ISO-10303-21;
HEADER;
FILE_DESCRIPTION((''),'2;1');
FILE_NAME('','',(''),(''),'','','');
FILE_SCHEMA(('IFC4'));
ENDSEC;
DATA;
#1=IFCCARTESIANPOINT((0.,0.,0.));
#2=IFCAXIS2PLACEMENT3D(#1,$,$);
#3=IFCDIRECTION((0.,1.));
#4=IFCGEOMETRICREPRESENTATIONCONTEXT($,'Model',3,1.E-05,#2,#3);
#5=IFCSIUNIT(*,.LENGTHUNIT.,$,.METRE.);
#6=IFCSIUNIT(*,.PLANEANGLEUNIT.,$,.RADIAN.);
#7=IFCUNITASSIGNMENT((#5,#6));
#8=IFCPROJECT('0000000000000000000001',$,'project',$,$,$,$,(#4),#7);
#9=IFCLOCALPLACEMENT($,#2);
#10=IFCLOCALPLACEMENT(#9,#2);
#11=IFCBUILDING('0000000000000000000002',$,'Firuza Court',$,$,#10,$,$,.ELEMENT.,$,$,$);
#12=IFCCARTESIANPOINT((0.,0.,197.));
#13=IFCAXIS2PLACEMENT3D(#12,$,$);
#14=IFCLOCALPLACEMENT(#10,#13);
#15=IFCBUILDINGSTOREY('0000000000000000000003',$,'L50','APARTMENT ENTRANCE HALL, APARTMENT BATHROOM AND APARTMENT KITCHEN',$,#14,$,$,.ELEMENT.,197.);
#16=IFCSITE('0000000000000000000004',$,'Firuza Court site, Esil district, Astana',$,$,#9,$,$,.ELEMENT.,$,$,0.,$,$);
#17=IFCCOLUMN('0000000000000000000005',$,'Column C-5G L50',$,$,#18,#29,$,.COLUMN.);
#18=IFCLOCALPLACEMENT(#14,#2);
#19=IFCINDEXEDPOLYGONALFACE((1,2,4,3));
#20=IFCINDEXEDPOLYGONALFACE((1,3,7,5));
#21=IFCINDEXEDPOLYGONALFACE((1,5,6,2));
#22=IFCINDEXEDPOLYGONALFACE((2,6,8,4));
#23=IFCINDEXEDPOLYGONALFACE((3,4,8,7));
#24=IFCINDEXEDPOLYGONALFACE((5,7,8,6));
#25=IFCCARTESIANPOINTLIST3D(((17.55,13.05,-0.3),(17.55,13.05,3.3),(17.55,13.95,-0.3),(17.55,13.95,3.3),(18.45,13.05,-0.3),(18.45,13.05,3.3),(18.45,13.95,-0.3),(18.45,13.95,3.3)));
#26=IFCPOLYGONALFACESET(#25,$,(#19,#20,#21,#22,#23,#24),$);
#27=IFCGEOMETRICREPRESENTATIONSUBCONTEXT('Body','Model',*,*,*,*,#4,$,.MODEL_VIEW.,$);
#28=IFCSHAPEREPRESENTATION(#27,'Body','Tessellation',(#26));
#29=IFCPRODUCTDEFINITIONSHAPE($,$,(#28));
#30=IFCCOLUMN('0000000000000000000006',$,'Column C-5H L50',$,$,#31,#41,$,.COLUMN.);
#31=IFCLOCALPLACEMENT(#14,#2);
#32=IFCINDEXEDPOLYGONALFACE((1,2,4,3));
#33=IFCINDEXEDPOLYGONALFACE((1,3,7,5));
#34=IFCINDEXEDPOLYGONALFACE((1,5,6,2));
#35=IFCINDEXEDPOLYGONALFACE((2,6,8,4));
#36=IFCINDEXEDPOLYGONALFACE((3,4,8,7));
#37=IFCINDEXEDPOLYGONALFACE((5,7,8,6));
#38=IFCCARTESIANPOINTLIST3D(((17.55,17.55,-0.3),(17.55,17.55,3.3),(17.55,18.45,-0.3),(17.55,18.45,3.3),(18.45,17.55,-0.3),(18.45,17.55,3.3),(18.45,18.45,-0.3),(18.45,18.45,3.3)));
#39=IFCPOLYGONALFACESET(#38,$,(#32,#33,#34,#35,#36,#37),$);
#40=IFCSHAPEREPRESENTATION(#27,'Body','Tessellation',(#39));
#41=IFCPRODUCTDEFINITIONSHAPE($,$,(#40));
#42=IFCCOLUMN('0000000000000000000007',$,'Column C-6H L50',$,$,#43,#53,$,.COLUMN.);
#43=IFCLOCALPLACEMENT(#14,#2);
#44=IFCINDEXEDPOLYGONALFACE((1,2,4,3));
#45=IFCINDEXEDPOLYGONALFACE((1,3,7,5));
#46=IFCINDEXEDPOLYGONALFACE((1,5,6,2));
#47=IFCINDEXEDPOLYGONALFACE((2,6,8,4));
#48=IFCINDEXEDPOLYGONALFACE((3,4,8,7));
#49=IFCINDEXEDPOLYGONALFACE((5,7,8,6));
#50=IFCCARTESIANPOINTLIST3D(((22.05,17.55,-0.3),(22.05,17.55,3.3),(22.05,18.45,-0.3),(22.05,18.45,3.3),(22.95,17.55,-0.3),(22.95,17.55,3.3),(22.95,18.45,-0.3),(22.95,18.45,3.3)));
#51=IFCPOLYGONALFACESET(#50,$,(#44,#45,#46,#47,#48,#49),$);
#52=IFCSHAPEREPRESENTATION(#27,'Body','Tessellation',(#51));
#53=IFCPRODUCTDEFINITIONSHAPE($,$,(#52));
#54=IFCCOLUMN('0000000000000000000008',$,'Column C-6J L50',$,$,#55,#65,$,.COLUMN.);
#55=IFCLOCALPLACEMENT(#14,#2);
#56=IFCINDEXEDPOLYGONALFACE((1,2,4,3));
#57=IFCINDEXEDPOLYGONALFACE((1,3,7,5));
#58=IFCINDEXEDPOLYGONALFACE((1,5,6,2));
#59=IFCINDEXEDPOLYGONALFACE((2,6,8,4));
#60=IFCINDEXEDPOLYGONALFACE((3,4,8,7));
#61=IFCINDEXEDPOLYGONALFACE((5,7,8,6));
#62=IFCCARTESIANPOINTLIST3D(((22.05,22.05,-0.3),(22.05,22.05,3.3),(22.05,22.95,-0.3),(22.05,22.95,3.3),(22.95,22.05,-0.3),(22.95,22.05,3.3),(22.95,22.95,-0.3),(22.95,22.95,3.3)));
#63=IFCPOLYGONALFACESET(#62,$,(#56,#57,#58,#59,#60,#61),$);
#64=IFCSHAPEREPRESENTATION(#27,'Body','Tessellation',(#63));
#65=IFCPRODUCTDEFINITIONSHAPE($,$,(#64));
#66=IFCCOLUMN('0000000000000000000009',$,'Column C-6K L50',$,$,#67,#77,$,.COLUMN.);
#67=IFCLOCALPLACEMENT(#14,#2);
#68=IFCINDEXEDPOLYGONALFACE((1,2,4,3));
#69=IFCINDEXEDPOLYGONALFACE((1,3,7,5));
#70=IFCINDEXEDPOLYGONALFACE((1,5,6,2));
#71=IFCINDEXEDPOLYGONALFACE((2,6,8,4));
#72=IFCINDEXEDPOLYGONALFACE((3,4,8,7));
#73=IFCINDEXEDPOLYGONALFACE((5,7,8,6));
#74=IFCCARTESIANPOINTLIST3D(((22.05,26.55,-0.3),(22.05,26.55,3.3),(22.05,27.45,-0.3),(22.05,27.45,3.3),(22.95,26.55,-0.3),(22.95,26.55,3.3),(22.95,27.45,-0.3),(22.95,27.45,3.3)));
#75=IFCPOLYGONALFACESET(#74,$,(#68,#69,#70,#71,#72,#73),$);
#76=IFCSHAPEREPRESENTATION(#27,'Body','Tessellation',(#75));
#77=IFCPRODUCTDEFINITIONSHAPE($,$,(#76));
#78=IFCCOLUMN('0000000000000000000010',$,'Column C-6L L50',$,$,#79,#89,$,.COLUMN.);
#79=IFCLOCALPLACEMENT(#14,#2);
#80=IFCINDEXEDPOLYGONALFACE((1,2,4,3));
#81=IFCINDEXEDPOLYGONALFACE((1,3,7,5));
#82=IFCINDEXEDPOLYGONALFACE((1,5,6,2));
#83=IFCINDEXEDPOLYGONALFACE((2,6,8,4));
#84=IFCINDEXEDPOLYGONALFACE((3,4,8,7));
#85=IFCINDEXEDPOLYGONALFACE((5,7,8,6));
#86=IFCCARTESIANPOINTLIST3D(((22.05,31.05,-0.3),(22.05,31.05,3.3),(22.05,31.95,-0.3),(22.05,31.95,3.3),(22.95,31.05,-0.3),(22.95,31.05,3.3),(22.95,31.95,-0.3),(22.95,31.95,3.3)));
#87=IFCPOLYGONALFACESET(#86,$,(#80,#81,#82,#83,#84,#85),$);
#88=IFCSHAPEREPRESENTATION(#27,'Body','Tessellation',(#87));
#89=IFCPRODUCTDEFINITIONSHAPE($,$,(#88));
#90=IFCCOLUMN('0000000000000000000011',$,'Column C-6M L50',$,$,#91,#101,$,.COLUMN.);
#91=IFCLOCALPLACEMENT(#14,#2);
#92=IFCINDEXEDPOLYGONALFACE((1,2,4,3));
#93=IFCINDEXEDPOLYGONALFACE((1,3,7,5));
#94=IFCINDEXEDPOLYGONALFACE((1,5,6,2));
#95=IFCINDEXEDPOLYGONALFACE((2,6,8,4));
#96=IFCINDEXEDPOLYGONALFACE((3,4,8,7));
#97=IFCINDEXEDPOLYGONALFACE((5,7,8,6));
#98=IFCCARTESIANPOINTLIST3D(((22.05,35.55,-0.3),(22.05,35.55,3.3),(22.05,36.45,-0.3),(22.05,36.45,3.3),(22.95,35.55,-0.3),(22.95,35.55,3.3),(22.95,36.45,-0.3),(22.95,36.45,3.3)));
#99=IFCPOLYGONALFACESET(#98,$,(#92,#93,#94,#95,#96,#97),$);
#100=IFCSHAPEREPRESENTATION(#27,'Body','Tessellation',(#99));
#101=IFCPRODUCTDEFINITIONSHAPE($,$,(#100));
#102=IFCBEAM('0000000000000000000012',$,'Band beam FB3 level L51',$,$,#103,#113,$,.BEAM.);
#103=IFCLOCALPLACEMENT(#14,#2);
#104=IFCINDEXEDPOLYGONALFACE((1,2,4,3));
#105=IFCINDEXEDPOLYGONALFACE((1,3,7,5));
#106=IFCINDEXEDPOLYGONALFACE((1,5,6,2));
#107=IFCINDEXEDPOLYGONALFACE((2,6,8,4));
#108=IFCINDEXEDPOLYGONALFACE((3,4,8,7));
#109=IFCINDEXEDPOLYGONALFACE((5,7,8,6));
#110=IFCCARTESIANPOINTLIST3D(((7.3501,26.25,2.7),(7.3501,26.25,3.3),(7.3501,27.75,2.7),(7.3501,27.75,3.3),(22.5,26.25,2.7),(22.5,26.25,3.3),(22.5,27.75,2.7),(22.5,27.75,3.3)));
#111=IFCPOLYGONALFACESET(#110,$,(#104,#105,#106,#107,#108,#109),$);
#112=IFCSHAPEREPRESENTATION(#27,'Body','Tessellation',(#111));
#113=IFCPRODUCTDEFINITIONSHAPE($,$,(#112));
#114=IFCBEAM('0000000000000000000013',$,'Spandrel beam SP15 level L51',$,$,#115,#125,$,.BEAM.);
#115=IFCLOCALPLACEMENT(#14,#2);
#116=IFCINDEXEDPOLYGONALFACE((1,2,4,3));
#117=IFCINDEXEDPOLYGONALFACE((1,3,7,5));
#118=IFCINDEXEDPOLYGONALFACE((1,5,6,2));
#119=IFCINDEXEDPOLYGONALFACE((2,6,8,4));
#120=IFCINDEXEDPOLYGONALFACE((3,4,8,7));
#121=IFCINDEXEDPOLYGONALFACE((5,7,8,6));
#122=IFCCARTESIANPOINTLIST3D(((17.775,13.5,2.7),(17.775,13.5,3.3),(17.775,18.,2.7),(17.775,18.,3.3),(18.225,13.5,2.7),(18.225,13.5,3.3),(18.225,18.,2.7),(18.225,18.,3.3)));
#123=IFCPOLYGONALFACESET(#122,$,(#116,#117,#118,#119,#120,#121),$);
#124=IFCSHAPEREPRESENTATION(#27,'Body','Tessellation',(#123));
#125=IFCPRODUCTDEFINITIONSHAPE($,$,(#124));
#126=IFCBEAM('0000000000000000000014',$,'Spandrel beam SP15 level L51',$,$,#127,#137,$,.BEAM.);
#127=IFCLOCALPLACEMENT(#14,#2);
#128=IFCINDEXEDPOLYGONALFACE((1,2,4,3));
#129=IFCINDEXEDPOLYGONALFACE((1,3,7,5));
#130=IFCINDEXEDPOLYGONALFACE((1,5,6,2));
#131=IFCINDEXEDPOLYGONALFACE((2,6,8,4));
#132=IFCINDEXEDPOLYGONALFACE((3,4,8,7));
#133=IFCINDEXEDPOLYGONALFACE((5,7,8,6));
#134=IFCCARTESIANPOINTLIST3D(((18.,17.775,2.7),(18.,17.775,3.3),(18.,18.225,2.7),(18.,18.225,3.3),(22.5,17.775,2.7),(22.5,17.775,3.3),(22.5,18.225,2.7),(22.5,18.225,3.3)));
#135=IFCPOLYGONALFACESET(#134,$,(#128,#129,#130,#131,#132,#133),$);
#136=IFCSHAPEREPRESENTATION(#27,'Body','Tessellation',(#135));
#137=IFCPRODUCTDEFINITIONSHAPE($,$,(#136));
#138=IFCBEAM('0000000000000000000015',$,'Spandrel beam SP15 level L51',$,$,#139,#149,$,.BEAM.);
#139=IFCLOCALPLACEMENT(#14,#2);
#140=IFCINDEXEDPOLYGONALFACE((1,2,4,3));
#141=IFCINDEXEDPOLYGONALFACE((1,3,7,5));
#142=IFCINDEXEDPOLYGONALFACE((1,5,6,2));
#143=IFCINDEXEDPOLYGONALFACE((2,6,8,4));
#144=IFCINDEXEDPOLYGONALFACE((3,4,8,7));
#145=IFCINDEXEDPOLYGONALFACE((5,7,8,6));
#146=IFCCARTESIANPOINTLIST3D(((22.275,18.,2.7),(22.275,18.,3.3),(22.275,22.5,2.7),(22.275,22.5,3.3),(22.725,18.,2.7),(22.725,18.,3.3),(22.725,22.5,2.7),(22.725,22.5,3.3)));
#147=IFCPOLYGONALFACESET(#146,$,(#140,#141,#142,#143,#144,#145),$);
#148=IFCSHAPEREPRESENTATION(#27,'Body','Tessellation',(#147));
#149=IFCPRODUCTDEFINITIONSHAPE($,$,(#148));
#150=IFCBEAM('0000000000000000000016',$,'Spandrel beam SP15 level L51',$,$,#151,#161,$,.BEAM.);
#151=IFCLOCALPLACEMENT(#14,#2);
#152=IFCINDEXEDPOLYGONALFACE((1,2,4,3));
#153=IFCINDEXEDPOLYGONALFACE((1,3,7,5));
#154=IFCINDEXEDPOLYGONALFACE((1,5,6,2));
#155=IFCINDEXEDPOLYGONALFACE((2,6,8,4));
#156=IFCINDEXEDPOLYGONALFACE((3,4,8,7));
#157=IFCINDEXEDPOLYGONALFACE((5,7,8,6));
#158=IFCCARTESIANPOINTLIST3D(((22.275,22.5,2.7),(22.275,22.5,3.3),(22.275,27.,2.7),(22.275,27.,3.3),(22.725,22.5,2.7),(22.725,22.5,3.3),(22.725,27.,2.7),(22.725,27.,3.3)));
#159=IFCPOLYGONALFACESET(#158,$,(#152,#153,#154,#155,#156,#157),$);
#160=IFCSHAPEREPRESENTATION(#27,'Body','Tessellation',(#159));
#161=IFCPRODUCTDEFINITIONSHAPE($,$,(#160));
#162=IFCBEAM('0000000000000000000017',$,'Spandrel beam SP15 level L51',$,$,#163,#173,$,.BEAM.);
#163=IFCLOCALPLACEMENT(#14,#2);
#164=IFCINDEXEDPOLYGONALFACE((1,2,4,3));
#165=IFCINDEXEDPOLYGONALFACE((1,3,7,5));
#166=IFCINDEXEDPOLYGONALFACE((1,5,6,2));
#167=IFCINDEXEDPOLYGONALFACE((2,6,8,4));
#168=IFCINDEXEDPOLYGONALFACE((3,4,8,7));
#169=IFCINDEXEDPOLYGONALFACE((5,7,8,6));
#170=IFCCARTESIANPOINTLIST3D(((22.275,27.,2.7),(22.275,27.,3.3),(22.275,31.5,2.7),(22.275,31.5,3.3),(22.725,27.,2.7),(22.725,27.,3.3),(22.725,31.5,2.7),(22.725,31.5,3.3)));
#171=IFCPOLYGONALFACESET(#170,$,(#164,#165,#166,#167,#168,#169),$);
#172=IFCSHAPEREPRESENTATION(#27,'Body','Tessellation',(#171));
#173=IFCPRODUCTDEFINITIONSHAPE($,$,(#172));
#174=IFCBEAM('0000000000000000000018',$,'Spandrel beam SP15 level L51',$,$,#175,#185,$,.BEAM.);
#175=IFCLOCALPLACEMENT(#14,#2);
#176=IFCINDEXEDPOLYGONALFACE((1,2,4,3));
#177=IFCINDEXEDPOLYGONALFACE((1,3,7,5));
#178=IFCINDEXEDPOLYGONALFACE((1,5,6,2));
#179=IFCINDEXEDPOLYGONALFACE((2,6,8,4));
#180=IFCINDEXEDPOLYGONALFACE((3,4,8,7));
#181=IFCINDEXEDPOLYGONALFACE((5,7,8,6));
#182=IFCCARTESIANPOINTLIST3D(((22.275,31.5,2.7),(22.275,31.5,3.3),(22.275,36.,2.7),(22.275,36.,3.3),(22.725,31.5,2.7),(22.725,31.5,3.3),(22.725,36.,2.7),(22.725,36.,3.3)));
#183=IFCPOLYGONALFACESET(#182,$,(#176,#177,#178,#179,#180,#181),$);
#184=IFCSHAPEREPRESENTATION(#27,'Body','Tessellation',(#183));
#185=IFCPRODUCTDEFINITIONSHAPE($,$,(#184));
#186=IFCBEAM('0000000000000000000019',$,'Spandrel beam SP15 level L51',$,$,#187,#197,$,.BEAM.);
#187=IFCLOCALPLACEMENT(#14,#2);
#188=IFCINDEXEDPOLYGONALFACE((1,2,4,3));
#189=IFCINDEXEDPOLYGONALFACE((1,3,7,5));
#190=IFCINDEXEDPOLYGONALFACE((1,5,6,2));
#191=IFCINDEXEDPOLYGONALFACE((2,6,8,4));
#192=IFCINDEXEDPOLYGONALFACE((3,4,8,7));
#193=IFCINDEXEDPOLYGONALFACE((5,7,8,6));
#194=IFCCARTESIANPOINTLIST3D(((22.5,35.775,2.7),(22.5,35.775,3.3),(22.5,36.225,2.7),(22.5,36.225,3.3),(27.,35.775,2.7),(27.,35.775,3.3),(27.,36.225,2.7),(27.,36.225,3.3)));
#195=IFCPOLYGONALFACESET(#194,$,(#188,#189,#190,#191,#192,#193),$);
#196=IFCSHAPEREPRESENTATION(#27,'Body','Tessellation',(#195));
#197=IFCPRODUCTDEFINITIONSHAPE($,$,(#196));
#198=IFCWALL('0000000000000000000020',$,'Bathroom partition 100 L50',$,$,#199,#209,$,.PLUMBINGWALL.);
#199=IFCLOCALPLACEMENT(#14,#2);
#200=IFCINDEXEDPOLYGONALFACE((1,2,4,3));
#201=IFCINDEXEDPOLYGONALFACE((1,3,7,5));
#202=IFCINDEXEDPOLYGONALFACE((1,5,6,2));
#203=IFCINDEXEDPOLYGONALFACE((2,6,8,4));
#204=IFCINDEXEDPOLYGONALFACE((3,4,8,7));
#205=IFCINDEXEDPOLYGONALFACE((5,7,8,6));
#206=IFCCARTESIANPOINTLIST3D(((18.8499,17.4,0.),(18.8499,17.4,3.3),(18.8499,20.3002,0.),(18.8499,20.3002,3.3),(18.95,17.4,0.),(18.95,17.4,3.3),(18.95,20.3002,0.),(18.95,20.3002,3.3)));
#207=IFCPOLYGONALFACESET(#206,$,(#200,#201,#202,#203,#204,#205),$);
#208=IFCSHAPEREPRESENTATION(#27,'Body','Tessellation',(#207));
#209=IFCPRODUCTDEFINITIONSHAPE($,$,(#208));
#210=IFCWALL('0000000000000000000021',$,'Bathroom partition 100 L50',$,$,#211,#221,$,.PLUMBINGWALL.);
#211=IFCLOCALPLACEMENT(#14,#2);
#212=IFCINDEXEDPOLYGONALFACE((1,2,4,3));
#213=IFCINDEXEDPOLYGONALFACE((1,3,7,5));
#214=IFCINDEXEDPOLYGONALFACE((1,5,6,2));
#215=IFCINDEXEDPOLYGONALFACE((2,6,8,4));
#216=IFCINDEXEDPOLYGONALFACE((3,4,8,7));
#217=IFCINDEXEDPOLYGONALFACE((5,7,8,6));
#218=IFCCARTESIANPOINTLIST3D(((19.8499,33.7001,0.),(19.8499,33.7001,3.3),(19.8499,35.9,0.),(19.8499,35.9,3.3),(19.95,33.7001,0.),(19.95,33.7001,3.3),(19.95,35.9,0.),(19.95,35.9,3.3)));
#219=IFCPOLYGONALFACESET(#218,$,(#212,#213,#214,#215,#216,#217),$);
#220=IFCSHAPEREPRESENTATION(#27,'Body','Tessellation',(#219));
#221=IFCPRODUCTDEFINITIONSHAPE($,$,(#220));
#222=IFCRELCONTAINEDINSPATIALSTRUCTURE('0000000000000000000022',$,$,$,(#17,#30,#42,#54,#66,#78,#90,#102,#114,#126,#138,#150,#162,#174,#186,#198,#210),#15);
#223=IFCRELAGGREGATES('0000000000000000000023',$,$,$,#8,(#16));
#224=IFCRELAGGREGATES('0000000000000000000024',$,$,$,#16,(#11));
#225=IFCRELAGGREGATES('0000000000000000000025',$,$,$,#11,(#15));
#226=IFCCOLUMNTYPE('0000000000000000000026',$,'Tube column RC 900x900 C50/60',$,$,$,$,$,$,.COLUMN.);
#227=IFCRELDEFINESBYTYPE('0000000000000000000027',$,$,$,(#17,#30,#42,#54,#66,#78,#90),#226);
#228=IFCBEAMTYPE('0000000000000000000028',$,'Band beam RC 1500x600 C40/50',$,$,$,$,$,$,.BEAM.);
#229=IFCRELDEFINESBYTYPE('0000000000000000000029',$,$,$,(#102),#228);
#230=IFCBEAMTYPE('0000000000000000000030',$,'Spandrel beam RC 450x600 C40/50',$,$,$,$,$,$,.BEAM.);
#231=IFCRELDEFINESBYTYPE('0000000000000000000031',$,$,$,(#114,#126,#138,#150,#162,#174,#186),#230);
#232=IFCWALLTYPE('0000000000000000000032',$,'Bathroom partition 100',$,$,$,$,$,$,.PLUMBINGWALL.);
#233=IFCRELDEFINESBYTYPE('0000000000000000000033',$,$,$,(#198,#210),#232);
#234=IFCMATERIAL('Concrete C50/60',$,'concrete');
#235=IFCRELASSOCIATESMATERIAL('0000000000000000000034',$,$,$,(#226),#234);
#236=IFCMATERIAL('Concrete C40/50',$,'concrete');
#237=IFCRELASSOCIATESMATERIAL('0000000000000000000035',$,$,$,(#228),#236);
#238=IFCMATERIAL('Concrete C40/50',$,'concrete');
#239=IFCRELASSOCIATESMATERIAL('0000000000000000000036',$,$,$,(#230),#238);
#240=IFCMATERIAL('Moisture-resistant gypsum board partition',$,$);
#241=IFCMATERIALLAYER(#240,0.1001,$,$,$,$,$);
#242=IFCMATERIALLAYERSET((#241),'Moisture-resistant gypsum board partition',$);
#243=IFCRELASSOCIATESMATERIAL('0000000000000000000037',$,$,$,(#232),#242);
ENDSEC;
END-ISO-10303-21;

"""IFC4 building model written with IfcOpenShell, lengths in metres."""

from ifc_helpers import new_model, si_unit, direction, frame, frame_2d, origin, origin_2d, place, context, subcontext, project, spatial, rectangle, extrude, material, layer, layer_set, material_profile, profile_set, type_object, element, save


model = new_model("IFC4")

# Units and contexts
model_context = context("Model", 3, precision=1e-05, world=origin(), true_north=direction((0.0, 1.0)))
body_context = subcontext(model_context, "Body", "Model", "MODEL_VIEW")
ifc_project = project(units=[si_unit("LENGTHUNIT", "METRE"), si_unit("PLANEANGLEUNIT", "RADIAN")], contexts=[model_context])

# Site, building, storey
site_placement = place(None, origin())
site = spatial("IfcSite", under=ifc_project, at=site_placement, Name="Firuza Court site, Esil district, Astana", CompositionType="ELEMENT", RefElevation=0.0)
building_placement = place(site_placement, origin())
building = spatial("IfcBuilding", under=site, at=building_placement, Name="Firuza Court", CompositionType="ELEMENT")
storey_placement = place(building_placement, frame((0.0, 0.0, 197.0)))
storey = spatial("IfcBuildingStorey", under=building, at=storey_placement, Name="L50", Description="APARTMENT ENTRANCE HALL, APARTMENT BATHROOM AND APARTMENT KITCHEN", CompositionType="ELEMENT", Elevation=197.0)

# Columns
ifc_material_1 = material(Name="Concrete C50/60", Category="concrete")
ifc_material_profile_1 = material_profile(ifc_material_1, rectangle(XDim=0.8999, YDim=0.8999, at=origin_2d()), Name="RC 900x900")
ifc_profile_set_1 = profile_set([ifc_material_profile_1], Name="Concrete C50/60")
column_type = type_object("IfcColumnType", Name="Tube column RC 900x900 C50/60", PredefinedType="COLUMN", material=ifc_profile_set_1)
for number, where, z_axis, x_axis, name in (
    (1, (18.0, 13.5, -0.3), (0.0, 0.0, 1.0), (1.0, 0.0, 0.0), "Column C-5G L50"),
    (2, (18.0, 18.0, -0.3), (0.0, 0.0, 1.0), (1.0, 0.0, 0.0), "Column C-5H L50"),
    (3, (22.5, 18.0, -0.3), (0.0, 0.0, 1.0), (1.0, 0.0, 0.0), "Column C-6H L50"),
    (4, (22.5, 22.5, -0.3), (0.0, 0.0, 1.0), (1.0, 0.0, 0.0), "Column C-6J L50"),
    (5, (22.5, 27.0, -0.3), (0.0, 0.0, 1.0), (1.0, 0.0, 0.0), "Column C-6K L50"),
    (6, (22.5, 31.5, -0.3), (0.0, 0.0, 1.0), (1.0, 0.0, 0.0), "Column C-6L L50"),
    (7, (22.5, 36.0, -0.3), (0.0, 0.0, 1.0), (1.0, 0.0, 0.0), "Column C-6M L50"),
):
    element("IfcColumn", number, at=place(storey_placement, frame(where, z_axis=z_axis, x_axis=x_axis)), inside=storey, type_object=column_type, Name=name, PredefinedType="COLUMN", context=body_context, shape_type="SweptSolid", body=[
        extrude(rectangle(XDim=0.8999, YDim=0.8999, at=origin_2d()), origin(), (0.0, 0.0, 1.0), 3.6001),
    ])

# Beams
ifc_material_2 = material(Name="Concrete C40/50", Category="concrete")
ifc_material_profile_2 = material_profile(ifc_material_2, rectangle(XDim=1.5, YDim=0.6001, at=origin_2d()), Name="RC 1500x600")
ifc_profile_set_2 = profile_set([ifc_material_profile_2], Name="Concrete C40/50")
beam_type_1 = type_object("IfcBeamType", Name="Band beam RC 1500x600 C40/50", PredefinedType="BEAM", material=ifc_profile_set_2)
beam_placement = place(storey_placement, frame((22.5, 27.0, 3.0), z_axis=(-1.0, 0.0, 0.0), x_axis=(0.0, -1.0, 0.0)))
element("IfcBeam", 8, at=beam_placement, inside=storey, type_object=beam_type_1, Name="Band beam FB3 level L51", PredefinedType="BEAM", context=body_context, shape_type="SweptSolid", body=[
    extrude(rectangle(XDim=1.5, YDim=0.6001, at=origin_2d()), origin(), (0.0, 0.0, 1.0), 15.1499),
])
ifc_material_3 = material(Name="Concrete C40/50", Category="concrete")
ifc_material_profile_3 = material_profile(ifc_material_3, rectangle(XDim=0.45, YDim=0.6001, at=origin_2d()), Name="RC 450x600")
ifc_profile_set_3 = profile_set([ifc_material_profile_3], Name="Concrete C40/50")
beam_type_2 = type_object("IfcBeamType", Name="Spandrel beam RC 450x600 C40/50", PredefinedType="BEAM", material=ifc_profile_set_3)
for number, where, z_axis, x_axis, name in (
    (9, (18.0, 13.5, 3.0), (0.0, 1.0, 0.0), (-1.0, 0.0, 0.0), "Spandrel beam SP15 level L51"),
    (10, (18.0, 18.0, 3.0), (1.0, 0.0, 0.0), (0.0, 1.0, 0.0), "Spandrel beam SP15 level L51"),
    (11, (22.5, 18.0, 3.0), (0.0, 1.0, 0.0), (-1.0, 0.0, 0.0), "Spandrel beam SP15 level L51"),
    (12, (22.5, 22.5, 3.0), (0.0, 1.0, 0.0), (-1.0, 0.0, 0.0), "Spandrel beam SP15 level L51"),
    (13, (22.5, 27.0, 3.0), (0.0, 1.0, 0.0), (-1.0, 0.0, 0.0), "Spandrel beam SP15 level L51"),
    (14, (22.5, 31.5, 3.0), (0.0, 1.0, 0.0), (-1.0, 0.0, 0.0), "Spandrel beam SP15 level L51"),
    (15, (22.5, 36.0, 3.0), (1.0, 0.0, 0.0), (0.0, 1.0, 0.0), "Spandrel beam SP15 level L51"),
):
    element("IfcBeam", number, at=place(storey_placement, frame(where, z_axis=z_axis, x_axis=x_axis)), inside=storey, type_object=beam_type_2, Name=name, PredefinedType="BEAM", context=body_context, shape_type="SweptSolid", body=[
        extrude(rectangle(XDim=0.45, YDim=0.6001, at=origin_2d()), origin(), (0.0, 0.0, 1.0), 4.5),
    ])

# Walls
ifc_material_4 = material(Name="Moisture-resistant gypsum board partition")
ifc_layer_1 = layer(ifc_material_4, 0.1001)
ifc_layer_set_1 = layer_set([ifc_layer_1], Name="Moisture-resistant gypsum board partition")
wall_type_1 = type_object("IfcWallType", Name="Bathroom partition 100", PredefinedType="PLUMBINGWALL", material=ifc_layer_set_1)
wall_1_placement = place(storey_placement, frame((18.8999, 17.3999, 0.0), z_axis=(0.0, 0.0, 1.0), x_axis=(0.0, 1.0, 0.0)))
element("IfcWall", 16, at=wall_1_placement, inside=storey, type_object=wall_type_1, Name="Bathroom partition 100 L50", PredefinedType="PLUMBINGWALL", context=body_context, shape_type="SweptSolid", body=[
    extrude(rectangle(XDim=2.9001, YDim=0.1001, at=frame_2d((1.4502, 0.0))), origin(), (0.0, 0.0, 1.0), 3.3),
])
wall_2_placement = place(storey_placement, frame((19.8999, 33.7, 0.0), z_axis=(0.0, 0.0, 1.0), x_axis=(0.0, 1.0, 0.0)))
element("IfcWall", 17, at=wall_2_placement, inside=storey, type_object=wall_type_1, Name="Bathroom partition 100 L50", PredefinedType="PLUMBINGWALL", context=body_context, shape_type="SweptSolid", body=[
    extrude(rectangle(XDim=2.2, YDim=0.1001, at=frame_2d((1.1001, 0.0))), origin(), (0.0, 0.0, 1.0), 3.3),
])

save(model, "model.ifc")
